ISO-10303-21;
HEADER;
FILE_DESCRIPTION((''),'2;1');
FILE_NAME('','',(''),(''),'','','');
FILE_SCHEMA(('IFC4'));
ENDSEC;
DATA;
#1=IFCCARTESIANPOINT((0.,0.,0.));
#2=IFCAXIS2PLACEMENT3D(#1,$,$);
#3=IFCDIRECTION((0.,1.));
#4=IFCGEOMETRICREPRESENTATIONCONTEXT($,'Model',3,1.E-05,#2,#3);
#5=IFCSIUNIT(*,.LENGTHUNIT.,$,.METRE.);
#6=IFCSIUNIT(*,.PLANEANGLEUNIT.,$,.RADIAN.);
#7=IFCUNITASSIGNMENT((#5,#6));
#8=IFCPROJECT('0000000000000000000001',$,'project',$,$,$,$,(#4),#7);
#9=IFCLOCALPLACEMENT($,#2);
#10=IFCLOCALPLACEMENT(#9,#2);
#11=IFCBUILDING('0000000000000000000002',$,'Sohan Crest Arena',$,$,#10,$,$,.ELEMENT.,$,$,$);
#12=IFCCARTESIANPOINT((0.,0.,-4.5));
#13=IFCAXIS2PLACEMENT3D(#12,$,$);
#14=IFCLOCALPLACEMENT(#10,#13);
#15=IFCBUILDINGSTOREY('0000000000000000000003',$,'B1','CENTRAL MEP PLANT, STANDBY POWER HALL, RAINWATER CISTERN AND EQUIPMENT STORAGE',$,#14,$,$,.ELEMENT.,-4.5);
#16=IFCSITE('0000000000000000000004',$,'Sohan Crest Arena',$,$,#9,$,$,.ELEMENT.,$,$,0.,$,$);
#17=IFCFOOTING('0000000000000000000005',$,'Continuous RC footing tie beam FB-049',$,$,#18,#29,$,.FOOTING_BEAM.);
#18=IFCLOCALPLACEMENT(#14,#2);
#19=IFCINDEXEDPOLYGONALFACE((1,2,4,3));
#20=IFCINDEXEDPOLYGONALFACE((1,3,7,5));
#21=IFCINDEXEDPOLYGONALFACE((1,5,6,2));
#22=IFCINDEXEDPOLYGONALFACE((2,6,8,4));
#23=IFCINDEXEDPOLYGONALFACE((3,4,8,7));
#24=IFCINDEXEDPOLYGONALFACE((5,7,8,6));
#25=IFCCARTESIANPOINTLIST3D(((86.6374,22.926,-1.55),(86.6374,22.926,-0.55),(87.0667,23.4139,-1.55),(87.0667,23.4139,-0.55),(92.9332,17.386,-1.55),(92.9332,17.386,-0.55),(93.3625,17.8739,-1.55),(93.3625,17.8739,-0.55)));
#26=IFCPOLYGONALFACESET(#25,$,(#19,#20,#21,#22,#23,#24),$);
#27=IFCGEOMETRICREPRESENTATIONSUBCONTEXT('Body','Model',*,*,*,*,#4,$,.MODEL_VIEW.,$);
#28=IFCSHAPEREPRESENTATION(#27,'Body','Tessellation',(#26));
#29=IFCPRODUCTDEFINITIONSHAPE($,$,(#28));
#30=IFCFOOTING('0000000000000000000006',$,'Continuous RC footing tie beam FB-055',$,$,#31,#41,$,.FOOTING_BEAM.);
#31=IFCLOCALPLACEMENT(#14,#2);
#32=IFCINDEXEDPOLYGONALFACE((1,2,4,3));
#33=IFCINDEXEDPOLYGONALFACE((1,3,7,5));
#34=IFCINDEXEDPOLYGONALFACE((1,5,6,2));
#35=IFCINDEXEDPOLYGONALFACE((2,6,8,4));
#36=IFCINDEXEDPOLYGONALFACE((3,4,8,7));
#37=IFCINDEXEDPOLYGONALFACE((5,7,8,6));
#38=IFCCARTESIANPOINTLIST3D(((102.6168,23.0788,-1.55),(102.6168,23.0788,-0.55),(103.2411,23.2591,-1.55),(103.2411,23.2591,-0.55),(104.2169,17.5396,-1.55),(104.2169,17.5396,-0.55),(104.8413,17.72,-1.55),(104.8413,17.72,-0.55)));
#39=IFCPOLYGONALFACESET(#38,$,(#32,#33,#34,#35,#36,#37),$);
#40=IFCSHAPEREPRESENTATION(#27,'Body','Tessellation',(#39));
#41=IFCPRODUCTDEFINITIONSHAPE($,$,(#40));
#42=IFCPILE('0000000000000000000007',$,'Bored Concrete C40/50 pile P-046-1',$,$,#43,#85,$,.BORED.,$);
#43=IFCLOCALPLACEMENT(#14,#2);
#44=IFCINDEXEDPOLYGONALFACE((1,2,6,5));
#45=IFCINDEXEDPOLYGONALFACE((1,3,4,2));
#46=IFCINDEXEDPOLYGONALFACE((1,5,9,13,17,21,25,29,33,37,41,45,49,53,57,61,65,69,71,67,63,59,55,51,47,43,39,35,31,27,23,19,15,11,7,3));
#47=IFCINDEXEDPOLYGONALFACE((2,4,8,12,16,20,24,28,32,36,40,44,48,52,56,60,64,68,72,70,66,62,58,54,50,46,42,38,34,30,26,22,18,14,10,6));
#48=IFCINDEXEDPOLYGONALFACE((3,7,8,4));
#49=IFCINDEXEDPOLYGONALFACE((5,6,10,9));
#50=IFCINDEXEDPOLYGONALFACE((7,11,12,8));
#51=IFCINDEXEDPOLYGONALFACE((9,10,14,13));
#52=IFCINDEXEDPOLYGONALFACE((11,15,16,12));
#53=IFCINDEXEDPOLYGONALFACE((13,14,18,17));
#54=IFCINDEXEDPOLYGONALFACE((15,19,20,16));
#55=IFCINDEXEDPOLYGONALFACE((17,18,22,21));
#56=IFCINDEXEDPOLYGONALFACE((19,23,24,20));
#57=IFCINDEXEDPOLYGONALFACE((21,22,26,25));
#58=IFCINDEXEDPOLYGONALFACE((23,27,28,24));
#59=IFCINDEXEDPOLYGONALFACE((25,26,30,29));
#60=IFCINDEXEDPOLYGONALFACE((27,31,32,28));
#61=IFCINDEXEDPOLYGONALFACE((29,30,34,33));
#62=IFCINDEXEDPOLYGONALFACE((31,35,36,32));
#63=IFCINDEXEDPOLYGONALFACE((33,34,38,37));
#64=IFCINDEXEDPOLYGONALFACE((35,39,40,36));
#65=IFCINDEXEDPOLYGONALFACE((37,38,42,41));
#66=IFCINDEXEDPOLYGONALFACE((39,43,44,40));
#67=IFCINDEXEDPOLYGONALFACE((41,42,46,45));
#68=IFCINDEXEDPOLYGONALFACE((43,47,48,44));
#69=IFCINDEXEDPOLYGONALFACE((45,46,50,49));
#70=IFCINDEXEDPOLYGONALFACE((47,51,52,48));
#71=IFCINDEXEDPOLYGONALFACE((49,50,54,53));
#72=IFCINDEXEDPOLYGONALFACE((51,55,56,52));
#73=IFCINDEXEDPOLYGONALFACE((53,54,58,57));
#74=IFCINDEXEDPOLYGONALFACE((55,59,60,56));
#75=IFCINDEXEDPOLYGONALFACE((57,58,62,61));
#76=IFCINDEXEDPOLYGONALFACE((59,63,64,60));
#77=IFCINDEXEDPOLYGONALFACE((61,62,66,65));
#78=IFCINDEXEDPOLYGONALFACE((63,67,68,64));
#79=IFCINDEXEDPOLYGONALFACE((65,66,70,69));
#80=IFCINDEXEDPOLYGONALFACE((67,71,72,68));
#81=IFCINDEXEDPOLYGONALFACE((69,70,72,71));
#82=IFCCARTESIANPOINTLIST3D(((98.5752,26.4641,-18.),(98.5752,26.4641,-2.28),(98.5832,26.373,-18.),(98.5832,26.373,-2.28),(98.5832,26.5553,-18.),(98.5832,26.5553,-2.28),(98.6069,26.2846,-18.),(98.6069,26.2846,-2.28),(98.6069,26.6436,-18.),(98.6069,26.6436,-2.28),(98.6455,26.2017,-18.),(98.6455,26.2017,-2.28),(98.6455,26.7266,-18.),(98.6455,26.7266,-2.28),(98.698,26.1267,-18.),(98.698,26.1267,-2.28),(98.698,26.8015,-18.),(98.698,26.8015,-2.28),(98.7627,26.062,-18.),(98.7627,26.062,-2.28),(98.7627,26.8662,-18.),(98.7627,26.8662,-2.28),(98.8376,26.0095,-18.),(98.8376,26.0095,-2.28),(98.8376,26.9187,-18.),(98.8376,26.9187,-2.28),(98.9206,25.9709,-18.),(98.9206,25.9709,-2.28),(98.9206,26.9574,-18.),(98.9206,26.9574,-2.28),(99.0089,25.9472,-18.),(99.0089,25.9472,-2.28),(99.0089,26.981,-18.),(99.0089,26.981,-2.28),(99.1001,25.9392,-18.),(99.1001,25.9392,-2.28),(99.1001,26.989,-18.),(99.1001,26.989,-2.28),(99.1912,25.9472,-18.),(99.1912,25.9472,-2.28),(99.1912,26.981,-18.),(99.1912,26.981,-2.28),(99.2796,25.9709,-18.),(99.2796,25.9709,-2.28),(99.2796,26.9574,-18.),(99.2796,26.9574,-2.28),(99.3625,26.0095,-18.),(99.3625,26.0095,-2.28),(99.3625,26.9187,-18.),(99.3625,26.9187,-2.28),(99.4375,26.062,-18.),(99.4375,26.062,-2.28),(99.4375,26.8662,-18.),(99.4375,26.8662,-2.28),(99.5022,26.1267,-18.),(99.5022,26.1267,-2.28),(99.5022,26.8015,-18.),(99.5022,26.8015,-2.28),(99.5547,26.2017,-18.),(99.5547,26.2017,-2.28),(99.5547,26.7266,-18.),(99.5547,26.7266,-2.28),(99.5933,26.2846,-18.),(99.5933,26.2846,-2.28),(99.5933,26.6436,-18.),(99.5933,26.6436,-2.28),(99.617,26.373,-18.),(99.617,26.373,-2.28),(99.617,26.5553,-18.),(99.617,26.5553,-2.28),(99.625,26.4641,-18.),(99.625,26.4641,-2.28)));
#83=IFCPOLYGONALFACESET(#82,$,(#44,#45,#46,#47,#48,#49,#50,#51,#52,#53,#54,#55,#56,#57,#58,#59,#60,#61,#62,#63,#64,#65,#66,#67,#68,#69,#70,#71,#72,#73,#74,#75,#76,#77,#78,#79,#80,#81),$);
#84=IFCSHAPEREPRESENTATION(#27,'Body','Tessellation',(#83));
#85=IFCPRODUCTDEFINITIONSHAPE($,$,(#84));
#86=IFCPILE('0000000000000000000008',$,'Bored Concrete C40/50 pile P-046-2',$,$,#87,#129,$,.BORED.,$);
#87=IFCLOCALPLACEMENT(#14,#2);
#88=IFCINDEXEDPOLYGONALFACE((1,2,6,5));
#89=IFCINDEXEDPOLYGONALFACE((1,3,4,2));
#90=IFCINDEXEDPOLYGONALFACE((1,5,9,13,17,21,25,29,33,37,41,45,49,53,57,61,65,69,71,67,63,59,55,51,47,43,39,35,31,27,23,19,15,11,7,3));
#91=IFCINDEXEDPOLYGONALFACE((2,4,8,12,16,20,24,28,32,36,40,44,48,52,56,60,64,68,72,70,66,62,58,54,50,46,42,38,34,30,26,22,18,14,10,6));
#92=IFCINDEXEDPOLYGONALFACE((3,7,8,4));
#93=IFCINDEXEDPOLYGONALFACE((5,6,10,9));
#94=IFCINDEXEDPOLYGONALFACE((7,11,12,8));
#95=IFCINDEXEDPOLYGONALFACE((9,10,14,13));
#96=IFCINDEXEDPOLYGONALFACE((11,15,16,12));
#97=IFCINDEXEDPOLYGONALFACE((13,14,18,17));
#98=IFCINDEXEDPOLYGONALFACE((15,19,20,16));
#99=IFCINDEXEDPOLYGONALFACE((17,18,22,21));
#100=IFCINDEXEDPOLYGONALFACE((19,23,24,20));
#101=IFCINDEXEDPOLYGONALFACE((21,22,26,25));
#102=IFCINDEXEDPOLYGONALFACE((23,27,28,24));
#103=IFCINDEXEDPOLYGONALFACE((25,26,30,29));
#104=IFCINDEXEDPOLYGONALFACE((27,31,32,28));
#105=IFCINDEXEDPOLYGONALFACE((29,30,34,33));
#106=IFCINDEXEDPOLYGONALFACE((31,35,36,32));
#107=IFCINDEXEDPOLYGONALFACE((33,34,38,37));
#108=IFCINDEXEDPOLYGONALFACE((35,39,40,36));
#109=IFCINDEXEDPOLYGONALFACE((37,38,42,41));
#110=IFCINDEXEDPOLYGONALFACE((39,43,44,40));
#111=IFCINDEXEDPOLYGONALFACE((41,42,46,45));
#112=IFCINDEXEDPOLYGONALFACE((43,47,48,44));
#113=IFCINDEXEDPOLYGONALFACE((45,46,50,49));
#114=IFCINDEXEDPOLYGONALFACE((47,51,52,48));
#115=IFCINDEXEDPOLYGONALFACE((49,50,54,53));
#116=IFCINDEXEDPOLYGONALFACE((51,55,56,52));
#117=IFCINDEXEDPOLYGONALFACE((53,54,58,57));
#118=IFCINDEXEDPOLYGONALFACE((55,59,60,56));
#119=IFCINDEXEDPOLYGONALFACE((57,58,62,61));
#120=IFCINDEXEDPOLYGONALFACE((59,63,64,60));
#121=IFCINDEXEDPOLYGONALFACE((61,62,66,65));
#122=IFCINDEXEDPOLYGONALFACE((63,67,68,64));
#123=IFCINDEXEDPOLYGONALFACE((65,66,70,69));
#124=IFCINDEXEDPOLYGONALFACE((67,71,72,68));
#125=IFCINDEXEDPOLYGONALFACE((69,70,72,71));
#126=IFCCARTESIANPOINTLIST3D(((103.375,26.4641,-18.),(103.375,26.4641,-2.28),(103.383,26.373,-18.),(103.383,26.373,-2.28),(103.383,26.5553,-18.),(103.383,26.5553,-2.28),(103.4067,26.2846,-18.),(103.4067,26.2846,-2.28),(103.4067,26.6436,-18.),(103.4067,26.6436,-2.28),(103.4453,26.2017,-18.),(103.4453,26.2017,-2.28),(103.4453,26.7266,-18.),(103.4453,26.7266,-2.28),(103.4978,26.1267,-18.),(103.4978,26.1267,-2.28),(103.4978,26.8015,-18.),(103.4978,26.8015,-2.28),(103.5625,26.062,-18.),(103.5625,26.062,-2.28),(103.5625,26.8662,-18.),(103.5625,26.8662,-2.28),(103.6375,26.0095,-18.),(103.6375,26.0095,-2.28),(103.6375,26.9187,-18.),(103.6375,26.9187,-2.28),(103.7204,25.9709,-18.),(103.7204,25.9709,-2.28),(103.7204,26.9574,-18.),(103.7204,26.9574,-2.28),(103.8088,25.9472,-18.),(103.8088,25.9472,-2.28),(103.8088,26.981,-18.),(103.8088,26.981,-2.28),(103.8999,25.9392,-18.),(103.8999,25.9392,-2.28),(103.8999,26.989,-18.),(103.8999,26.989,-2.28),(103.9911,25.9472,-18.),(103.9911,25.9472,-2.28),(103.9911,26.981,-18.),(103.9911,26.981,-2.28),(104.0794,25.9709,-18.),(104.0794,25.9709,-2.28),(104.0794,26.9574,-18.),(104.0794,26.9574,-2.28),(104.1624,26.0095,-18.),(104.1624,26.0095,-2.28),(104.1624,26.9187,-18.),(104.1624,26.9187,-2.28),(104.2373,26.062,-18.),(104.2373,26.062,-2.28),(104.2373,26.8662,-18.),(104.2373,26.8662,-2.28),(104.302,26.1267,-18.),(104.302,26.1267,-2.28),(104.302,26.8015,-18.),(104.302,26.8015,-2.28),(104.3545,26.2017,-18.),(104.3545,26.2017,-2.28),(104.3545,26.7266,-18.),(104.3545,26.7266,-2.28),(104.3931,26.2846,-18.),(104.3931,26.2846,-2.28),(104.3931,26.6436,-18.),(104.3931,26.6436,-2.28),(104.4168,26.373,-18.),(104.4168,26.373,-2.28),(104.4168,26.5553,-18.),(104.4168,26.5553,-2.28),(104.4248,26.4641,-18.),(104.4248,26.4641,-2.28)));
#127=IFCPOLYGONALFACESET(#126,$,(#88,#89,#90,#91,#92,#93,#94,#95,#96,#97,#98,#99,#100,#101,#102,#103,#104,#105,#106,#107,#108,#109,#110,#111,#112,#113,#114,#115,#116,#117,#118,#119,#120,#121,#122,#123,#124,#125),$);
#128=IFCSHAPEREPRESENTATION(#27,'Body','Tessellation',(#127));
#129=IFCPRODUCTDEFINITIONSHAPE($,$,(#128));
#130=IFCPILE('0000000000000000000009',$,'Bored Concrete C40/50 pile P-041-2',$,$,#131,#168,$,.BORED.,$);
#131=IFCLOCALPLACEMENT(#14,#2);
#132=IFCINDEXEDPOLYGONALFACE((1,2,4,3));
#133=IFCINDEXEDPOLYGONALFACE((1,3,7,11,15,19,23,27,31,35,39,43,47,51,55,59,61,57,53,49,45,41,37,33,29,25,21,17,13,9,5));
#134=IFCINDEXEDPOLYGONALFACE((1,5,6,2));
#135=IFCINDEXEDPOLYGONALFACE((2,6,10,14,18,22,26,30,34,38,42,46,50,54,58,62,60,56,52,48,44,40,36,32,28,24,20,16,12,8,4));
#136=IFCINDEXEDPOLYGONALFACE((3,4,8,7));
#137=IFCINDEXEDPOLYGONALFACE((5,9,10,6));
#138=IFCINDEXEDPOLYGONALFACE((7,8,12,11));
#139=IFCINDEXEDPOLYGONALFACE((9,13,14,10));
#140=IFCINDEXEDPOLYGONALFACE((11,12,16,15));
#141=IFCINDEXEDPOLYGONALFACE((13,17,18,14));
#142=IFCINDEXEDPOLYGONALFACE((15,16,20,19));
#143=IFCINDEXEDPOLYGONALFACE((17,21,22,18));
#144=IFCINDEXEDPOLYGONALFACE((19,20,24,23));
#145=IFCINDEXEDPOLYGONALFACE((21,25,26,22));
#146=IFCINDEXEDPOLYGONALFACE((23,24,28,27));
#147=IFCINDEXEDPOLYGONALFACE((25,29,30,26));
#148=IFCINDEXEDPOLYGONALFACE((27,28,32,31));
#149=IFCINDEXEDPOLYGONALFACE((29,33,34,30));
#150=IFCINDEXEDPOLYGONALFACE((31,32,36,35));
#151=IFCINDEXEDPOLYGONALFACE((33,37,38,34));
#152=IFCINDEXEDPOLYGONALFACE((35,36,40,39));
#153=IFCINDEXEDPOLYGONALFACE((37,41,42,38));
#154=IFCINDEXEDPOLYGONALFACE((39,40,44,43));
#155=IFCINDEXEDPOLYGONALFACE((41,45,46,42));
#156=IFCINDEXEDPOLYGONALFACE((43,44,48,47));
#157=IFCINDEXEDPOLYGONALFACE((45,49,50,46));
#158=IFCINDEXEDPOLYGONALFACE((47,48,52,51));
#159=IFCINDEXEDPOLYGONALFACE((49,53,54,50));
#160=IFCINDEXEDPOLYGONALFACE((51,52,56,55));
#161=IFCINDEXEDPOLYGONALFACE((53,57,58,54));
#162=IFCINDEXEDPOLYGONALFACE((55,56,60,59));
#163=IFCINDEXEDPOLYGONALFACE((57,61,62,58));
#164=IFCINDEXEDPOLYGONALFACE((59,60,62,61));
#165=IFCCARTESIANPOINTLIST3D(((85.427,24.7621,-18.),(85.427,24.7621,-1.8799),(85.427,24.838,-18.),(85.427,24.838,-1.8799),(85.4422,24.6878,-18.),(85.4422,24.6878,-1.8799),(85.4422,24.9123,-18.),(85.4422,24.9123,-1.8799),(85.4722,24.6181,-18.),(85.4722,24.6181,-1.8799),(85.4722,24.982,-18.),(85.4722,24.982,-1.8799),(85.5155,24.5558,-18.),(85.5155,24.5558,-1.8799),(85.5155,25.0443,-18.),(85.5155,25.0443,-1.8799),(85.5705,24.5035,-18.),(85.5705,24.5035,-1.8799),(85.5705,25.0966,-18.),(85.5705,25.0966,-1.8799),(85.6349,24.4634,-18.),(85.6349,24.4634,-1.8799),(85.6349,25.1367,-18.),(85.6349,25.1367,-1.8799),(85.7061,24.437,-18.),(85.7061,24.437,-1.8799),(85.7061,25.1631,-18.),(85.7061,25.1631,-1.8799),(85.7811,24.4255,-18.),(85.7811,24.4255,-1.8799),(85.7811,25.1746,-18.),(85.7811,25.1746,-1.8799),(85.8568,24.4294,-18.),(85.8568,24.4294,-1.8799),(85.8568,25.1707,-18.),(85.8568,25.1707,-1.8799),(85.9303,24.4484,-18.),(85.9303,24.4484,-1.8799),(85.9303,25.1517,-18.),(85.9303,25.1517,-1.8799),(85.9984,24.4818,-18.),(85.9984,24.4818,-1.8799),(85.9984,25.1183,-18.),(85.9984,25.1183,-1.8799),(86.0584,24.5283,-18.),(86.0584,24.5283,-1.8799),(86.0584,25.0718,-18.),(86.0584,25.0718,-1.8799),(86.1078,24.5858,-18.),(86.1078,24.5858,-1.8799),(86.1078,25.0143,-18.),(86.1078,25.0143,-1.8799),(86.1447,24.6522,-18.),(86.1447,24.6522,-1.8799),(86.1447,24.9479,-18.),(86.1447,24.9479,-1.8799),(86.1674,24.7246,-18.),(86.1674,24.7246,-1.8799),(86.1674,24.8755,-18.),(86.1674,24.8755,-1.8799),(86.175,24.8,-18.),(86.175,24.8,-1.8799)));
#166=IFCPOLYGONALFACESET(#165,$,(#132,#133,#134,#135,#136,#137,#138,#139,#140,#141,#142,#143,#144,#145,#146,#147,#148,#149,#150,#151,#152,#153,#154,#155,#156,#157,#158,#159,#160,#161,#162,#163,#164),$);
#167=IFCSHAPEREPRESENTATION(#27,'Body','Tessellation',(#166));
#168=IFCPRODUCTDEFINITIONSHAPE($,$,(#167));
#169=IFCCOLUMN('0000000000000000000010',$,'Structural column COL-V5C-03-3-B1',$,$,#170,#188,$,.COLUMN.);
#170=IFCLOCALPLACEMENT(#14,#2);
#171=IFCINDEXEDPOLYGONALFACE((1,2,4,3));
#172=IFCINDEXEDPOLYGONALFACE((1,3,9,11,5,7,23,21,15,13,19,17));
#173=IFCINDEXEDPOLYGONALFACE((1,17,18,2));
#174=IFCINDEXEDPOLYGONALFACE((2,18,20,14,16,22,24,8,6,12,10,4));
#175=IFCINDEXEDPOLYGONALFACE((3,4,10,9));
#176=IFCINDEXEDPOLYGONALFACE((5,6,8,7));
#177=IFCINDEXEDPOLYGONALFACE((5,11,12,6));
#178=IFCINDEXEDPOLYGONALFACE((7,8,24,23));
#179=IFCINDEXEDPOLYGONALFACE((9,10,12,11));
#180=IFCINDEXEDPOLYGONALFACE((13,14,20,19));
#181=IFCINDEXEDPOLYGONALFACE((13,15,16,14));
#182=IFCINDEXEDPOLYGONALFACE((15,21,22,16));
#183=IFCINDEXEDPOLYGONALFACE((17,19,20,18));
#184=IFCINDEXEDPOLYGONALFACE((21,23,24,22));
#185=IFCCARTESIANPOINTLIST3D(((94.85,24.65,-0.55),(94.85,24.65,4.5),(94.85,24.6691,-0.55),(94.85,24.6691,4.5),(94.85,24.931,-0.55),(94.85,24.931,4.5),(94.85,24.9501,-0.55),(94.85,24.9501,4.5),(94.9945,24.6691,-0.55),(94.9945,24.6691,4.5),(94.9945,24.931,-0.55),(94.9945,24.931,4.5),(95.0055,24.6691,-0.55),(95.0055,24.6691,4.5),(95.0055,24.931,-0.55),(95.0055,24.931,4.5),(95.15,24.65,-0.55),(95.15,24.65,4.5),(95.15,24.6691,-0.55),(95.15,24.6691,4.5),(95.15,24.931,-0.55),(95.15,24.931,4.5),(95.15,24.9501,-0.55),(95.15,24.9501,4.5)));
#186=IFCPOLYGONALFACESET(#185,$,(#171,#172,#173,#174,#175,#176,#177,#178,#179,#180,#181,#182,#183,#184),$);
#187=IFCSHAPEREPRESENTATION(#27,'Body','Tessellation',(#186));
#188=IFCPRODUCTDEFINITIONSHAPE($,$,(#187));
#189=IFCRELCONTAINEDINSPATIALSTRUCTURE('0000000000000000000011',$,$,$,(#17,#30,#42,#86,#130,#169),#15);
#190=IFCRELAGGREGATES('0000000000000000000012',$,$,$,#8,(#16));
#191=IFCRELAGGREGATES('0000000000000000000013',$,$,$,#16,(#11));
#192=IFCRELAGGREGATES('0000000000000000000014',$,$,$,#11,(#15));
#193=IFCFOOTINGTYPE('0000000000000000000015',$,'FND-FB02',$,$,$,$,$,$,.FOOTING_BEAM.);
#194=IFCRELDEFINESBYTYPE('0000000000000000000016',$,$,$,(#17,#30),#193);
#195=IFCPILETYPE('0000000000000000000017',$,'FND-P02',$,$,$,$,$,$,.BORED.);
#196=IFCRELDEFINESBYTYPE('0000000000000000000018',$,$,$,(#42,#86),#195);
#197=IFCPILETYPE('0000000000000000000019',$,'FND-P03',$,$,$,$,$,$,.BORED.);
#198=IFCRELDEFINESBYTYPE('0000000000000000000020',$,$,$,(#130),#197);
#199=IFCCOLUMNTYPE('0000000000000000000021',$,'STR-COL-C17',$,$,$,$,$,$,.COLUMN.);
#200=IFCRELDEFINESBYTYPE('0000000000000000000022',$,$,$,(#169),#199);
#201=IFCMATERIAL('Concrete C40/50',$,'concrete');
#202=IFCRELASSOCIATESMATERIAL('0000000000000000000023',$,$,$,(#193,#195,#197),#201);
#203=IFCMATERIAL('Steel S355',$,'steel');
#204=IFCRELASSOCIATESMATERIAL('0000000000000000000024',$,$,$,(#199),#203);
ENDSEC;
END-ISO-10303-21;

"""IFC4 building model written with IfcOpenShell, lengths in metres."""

from ifc_helpers import new_model, si_unit, direction, frame, origin, origin_2d, place, context, subcontext, project, spatial, rectangle, circle, i_section, extrude, material, material_profile, profile_set, type_object, element, save


model = new_model("IFC4")

# Units and contexts
model_context = context("Model", 3, precision=1e-05, world=origin(), true_north=direction((0.0, 1.0)))
body_context = subcontext(model_context, "Body", "Model", "MODEL_VIEW")
ifc_project = project(units=[si_unit("LENGTHUNIT", "METRE"), si_unit("PLANEANGLEUNIT", "RADIAN")], contexts=[model_context])

# Site, building, storey
site_placement = place(None, origin())
site = spatial("IfcSite", under=ifc_project, at=site_placement, Name="Sohan Crest Arena", CompositionType="ELEMENT", RefElevation=0.0)
building_placement = place(site_placement, origin())
building = spatial("IfcBuilding", under=site, at=building_placement, Name="Sohan Crest Arena", CompositionType="ELEMENT")
storey_placement = place(building_placement, frame((0.0, 0.0, -4.5)))
storey = spatial("IfcBuildingStorey", under=building, at=storey_placement, Name="B1", Description="CENTRAL MEP PLANT, STANDBY POWER HALL, RAINWATER CISTERN AND EQUIPMENT STORAGE", CompositionType="ELEMENT", Elevation=-4.5)

# Footings
ifc_material_1 = material(Name="Concrete C40/50", Category="concrete")
ifc_material_profile_1 = material_profile(ifc_material_1, rectangle(XDim=0.6499, YDim=1.0, at=origin_2d()), Name="RC-FB 650x1000")
ifc_profile_set_1 = profile_set([ifc_material_profile_1], Name="Concrete C40/50")
footing_type = type_object("IfcFootingType", Name="FND-FB02", PredefinedType="FOOTING_BEAM", material=ifc_profile_set_1)
footing_1_placement = place(storey_placement, frame((86.8521, 23.1699, -1.05), z_axis=(0.750734, -0.660604, 0.0), x_axis=(0.660604, 0.750734, 0.0)))
element("IfcFooting", 1, at=footing_1_placement, inside=storey, type_object=footing_type, Name="Continuous RC footing tie beam FB-049", PredefinedType="FOOTING_BEAM", context=body_context, shape_type="SweptSolid", body=[
    extrude(rectangle(XDim=0.6499, YDim=1.0, at=origin_2d()), origin(), (0.0, 0.0, 1.0), 8.3862),
])
footing_2_placement = place(storey_placement, frame((102.929, 23.1689, -1.05), z_axis=(0.277527, -0.960718, 0.0), x_axis=(0.960718, 0.277527, 0.0)))
element("IfcFooting", 2, at=footing_2_placement, inside=storey, type_object=footing_type, Name="Continuous RC footing tie beam FB-055", PredefinedType="FOOTING_BEAM", context=body_context, shape_type="SweptSolid", body=[
    extrude(rectangle(XDim=0.6499, YDim=1.0, at=origin_2d()), origin(), (0.0, 0.0, 1.0), 5.7656),
])

# Piles
ifc_material_profile_2 = material_profile(ifc_material_1, circle(Radius=0.5249, at=origin_2d()), Name="PILE D1050")
ifc_profile_set_2 = profile_set([ifc_material_profile_2], Name="Concrete C40/50")
pile_type_1 = type_object("IfcPileType", Name="FND-P02", PredefinedType="BORED", material=ifc_profile_set_2)
for number, where, z_axis, x_axis, name in (
    (3, (99.1001, 26.4641, -18.0), (0.0, 0.0, 1.0), (1.0, 0.0, 0.0), "Bored Concrete C40/50 pile P-046-1"),
    (4, (103.8999, 26.4641, -18.0), (0.0, 0.0, 1.0), (1.0, 0.0, 0.0), "Bored Concrete C40/50 pile P-046-2"),
):
    element("IfcPile", number, at=place(storey_placement, frame(where, z_axis=z_axis, x_axis=x_axis)), inside=storey, type_object=pile_type_1, Name=name, PredefinedType="BORED", context=body_context, shape_type="SweptSolid", body=[
        extrude(circle(Radius=0.5249, at=origin_2d()), origin(), (0.0, 0.0, 1.0), 15.72),
    ])
ifc_material_profile_3 = material_profile(ifc_material_1, circle(Radius=0.375, at=origin_2d()), Name="PILE D750")
ifc_profile_set_3 = profile_set([ifc_material_profile_3], Name="Concrete C40/50")
pile_type_2 = type_object("IfcPileType", Name="FND-P03", PredefinedType="BORED", material=ifc_profile_set_3)
pile_placement = place(storey_placement, frame((85.8, 24.8, -18.0), z_axis=(0.0, 0.0, 1.0), x_axis=(1.0, 0.0, 0.0)))
element("IfcPile", 5, at=pile_placement, inside=storey, type_object=pile_type_2, Name="Bored Concrete C40/50 pile P-041-2", PredefinedType="BORED", context=body_context, shape_type="SweptSolid", body=[
    extrude(circle(Radius=0.375, at=origin_2d()), origin(), (0.0, 0.0, 1.0), 16.1201),
])

# Column
ifc_material_2 = material(Name="Steel S355", Category="steel")
ifc_material_profile_4 = material_profile(ifc_material_2, i_section(OverallWidth=0.3, OverallDepth=0.3, WebThickness=0.011, FlangeThickness=0.019, at=origin_2d()), Name="HEB 300")
ifc_profile_set_4 = profile_set([ifc_material_profile_4], Name="Steel S355")
column_type_1 = type_object("IfcColumnType", Name="STR-COL-C17", PredefinedType="COLUMN", material=ifc_profile_set_4)
column_placement = place(storey_placement, frame((95.0, 24.8, -0.55), z_axis=(0.0, 0.0, 1.0), x_axis=(1.0, 0.0, 0.0)))
element("IfcColumn", 6, at=column_placement, inside=storey, type_object=column_type_1, Name="Structural column COL-V5C-03-3-B1", PredefinedType="COLUMN", context=body_context, shape_type="SweptSolid", body=[
    extrude(i_section(OverallWidth=0.3, OverallDepth=0.3, WebThickness=0.011, FlangeThickness=0.019, at=origin_2d()), origin(), (0.0, 0.0, 1.0), 5.05),
])

save(model, "model.ifc")
